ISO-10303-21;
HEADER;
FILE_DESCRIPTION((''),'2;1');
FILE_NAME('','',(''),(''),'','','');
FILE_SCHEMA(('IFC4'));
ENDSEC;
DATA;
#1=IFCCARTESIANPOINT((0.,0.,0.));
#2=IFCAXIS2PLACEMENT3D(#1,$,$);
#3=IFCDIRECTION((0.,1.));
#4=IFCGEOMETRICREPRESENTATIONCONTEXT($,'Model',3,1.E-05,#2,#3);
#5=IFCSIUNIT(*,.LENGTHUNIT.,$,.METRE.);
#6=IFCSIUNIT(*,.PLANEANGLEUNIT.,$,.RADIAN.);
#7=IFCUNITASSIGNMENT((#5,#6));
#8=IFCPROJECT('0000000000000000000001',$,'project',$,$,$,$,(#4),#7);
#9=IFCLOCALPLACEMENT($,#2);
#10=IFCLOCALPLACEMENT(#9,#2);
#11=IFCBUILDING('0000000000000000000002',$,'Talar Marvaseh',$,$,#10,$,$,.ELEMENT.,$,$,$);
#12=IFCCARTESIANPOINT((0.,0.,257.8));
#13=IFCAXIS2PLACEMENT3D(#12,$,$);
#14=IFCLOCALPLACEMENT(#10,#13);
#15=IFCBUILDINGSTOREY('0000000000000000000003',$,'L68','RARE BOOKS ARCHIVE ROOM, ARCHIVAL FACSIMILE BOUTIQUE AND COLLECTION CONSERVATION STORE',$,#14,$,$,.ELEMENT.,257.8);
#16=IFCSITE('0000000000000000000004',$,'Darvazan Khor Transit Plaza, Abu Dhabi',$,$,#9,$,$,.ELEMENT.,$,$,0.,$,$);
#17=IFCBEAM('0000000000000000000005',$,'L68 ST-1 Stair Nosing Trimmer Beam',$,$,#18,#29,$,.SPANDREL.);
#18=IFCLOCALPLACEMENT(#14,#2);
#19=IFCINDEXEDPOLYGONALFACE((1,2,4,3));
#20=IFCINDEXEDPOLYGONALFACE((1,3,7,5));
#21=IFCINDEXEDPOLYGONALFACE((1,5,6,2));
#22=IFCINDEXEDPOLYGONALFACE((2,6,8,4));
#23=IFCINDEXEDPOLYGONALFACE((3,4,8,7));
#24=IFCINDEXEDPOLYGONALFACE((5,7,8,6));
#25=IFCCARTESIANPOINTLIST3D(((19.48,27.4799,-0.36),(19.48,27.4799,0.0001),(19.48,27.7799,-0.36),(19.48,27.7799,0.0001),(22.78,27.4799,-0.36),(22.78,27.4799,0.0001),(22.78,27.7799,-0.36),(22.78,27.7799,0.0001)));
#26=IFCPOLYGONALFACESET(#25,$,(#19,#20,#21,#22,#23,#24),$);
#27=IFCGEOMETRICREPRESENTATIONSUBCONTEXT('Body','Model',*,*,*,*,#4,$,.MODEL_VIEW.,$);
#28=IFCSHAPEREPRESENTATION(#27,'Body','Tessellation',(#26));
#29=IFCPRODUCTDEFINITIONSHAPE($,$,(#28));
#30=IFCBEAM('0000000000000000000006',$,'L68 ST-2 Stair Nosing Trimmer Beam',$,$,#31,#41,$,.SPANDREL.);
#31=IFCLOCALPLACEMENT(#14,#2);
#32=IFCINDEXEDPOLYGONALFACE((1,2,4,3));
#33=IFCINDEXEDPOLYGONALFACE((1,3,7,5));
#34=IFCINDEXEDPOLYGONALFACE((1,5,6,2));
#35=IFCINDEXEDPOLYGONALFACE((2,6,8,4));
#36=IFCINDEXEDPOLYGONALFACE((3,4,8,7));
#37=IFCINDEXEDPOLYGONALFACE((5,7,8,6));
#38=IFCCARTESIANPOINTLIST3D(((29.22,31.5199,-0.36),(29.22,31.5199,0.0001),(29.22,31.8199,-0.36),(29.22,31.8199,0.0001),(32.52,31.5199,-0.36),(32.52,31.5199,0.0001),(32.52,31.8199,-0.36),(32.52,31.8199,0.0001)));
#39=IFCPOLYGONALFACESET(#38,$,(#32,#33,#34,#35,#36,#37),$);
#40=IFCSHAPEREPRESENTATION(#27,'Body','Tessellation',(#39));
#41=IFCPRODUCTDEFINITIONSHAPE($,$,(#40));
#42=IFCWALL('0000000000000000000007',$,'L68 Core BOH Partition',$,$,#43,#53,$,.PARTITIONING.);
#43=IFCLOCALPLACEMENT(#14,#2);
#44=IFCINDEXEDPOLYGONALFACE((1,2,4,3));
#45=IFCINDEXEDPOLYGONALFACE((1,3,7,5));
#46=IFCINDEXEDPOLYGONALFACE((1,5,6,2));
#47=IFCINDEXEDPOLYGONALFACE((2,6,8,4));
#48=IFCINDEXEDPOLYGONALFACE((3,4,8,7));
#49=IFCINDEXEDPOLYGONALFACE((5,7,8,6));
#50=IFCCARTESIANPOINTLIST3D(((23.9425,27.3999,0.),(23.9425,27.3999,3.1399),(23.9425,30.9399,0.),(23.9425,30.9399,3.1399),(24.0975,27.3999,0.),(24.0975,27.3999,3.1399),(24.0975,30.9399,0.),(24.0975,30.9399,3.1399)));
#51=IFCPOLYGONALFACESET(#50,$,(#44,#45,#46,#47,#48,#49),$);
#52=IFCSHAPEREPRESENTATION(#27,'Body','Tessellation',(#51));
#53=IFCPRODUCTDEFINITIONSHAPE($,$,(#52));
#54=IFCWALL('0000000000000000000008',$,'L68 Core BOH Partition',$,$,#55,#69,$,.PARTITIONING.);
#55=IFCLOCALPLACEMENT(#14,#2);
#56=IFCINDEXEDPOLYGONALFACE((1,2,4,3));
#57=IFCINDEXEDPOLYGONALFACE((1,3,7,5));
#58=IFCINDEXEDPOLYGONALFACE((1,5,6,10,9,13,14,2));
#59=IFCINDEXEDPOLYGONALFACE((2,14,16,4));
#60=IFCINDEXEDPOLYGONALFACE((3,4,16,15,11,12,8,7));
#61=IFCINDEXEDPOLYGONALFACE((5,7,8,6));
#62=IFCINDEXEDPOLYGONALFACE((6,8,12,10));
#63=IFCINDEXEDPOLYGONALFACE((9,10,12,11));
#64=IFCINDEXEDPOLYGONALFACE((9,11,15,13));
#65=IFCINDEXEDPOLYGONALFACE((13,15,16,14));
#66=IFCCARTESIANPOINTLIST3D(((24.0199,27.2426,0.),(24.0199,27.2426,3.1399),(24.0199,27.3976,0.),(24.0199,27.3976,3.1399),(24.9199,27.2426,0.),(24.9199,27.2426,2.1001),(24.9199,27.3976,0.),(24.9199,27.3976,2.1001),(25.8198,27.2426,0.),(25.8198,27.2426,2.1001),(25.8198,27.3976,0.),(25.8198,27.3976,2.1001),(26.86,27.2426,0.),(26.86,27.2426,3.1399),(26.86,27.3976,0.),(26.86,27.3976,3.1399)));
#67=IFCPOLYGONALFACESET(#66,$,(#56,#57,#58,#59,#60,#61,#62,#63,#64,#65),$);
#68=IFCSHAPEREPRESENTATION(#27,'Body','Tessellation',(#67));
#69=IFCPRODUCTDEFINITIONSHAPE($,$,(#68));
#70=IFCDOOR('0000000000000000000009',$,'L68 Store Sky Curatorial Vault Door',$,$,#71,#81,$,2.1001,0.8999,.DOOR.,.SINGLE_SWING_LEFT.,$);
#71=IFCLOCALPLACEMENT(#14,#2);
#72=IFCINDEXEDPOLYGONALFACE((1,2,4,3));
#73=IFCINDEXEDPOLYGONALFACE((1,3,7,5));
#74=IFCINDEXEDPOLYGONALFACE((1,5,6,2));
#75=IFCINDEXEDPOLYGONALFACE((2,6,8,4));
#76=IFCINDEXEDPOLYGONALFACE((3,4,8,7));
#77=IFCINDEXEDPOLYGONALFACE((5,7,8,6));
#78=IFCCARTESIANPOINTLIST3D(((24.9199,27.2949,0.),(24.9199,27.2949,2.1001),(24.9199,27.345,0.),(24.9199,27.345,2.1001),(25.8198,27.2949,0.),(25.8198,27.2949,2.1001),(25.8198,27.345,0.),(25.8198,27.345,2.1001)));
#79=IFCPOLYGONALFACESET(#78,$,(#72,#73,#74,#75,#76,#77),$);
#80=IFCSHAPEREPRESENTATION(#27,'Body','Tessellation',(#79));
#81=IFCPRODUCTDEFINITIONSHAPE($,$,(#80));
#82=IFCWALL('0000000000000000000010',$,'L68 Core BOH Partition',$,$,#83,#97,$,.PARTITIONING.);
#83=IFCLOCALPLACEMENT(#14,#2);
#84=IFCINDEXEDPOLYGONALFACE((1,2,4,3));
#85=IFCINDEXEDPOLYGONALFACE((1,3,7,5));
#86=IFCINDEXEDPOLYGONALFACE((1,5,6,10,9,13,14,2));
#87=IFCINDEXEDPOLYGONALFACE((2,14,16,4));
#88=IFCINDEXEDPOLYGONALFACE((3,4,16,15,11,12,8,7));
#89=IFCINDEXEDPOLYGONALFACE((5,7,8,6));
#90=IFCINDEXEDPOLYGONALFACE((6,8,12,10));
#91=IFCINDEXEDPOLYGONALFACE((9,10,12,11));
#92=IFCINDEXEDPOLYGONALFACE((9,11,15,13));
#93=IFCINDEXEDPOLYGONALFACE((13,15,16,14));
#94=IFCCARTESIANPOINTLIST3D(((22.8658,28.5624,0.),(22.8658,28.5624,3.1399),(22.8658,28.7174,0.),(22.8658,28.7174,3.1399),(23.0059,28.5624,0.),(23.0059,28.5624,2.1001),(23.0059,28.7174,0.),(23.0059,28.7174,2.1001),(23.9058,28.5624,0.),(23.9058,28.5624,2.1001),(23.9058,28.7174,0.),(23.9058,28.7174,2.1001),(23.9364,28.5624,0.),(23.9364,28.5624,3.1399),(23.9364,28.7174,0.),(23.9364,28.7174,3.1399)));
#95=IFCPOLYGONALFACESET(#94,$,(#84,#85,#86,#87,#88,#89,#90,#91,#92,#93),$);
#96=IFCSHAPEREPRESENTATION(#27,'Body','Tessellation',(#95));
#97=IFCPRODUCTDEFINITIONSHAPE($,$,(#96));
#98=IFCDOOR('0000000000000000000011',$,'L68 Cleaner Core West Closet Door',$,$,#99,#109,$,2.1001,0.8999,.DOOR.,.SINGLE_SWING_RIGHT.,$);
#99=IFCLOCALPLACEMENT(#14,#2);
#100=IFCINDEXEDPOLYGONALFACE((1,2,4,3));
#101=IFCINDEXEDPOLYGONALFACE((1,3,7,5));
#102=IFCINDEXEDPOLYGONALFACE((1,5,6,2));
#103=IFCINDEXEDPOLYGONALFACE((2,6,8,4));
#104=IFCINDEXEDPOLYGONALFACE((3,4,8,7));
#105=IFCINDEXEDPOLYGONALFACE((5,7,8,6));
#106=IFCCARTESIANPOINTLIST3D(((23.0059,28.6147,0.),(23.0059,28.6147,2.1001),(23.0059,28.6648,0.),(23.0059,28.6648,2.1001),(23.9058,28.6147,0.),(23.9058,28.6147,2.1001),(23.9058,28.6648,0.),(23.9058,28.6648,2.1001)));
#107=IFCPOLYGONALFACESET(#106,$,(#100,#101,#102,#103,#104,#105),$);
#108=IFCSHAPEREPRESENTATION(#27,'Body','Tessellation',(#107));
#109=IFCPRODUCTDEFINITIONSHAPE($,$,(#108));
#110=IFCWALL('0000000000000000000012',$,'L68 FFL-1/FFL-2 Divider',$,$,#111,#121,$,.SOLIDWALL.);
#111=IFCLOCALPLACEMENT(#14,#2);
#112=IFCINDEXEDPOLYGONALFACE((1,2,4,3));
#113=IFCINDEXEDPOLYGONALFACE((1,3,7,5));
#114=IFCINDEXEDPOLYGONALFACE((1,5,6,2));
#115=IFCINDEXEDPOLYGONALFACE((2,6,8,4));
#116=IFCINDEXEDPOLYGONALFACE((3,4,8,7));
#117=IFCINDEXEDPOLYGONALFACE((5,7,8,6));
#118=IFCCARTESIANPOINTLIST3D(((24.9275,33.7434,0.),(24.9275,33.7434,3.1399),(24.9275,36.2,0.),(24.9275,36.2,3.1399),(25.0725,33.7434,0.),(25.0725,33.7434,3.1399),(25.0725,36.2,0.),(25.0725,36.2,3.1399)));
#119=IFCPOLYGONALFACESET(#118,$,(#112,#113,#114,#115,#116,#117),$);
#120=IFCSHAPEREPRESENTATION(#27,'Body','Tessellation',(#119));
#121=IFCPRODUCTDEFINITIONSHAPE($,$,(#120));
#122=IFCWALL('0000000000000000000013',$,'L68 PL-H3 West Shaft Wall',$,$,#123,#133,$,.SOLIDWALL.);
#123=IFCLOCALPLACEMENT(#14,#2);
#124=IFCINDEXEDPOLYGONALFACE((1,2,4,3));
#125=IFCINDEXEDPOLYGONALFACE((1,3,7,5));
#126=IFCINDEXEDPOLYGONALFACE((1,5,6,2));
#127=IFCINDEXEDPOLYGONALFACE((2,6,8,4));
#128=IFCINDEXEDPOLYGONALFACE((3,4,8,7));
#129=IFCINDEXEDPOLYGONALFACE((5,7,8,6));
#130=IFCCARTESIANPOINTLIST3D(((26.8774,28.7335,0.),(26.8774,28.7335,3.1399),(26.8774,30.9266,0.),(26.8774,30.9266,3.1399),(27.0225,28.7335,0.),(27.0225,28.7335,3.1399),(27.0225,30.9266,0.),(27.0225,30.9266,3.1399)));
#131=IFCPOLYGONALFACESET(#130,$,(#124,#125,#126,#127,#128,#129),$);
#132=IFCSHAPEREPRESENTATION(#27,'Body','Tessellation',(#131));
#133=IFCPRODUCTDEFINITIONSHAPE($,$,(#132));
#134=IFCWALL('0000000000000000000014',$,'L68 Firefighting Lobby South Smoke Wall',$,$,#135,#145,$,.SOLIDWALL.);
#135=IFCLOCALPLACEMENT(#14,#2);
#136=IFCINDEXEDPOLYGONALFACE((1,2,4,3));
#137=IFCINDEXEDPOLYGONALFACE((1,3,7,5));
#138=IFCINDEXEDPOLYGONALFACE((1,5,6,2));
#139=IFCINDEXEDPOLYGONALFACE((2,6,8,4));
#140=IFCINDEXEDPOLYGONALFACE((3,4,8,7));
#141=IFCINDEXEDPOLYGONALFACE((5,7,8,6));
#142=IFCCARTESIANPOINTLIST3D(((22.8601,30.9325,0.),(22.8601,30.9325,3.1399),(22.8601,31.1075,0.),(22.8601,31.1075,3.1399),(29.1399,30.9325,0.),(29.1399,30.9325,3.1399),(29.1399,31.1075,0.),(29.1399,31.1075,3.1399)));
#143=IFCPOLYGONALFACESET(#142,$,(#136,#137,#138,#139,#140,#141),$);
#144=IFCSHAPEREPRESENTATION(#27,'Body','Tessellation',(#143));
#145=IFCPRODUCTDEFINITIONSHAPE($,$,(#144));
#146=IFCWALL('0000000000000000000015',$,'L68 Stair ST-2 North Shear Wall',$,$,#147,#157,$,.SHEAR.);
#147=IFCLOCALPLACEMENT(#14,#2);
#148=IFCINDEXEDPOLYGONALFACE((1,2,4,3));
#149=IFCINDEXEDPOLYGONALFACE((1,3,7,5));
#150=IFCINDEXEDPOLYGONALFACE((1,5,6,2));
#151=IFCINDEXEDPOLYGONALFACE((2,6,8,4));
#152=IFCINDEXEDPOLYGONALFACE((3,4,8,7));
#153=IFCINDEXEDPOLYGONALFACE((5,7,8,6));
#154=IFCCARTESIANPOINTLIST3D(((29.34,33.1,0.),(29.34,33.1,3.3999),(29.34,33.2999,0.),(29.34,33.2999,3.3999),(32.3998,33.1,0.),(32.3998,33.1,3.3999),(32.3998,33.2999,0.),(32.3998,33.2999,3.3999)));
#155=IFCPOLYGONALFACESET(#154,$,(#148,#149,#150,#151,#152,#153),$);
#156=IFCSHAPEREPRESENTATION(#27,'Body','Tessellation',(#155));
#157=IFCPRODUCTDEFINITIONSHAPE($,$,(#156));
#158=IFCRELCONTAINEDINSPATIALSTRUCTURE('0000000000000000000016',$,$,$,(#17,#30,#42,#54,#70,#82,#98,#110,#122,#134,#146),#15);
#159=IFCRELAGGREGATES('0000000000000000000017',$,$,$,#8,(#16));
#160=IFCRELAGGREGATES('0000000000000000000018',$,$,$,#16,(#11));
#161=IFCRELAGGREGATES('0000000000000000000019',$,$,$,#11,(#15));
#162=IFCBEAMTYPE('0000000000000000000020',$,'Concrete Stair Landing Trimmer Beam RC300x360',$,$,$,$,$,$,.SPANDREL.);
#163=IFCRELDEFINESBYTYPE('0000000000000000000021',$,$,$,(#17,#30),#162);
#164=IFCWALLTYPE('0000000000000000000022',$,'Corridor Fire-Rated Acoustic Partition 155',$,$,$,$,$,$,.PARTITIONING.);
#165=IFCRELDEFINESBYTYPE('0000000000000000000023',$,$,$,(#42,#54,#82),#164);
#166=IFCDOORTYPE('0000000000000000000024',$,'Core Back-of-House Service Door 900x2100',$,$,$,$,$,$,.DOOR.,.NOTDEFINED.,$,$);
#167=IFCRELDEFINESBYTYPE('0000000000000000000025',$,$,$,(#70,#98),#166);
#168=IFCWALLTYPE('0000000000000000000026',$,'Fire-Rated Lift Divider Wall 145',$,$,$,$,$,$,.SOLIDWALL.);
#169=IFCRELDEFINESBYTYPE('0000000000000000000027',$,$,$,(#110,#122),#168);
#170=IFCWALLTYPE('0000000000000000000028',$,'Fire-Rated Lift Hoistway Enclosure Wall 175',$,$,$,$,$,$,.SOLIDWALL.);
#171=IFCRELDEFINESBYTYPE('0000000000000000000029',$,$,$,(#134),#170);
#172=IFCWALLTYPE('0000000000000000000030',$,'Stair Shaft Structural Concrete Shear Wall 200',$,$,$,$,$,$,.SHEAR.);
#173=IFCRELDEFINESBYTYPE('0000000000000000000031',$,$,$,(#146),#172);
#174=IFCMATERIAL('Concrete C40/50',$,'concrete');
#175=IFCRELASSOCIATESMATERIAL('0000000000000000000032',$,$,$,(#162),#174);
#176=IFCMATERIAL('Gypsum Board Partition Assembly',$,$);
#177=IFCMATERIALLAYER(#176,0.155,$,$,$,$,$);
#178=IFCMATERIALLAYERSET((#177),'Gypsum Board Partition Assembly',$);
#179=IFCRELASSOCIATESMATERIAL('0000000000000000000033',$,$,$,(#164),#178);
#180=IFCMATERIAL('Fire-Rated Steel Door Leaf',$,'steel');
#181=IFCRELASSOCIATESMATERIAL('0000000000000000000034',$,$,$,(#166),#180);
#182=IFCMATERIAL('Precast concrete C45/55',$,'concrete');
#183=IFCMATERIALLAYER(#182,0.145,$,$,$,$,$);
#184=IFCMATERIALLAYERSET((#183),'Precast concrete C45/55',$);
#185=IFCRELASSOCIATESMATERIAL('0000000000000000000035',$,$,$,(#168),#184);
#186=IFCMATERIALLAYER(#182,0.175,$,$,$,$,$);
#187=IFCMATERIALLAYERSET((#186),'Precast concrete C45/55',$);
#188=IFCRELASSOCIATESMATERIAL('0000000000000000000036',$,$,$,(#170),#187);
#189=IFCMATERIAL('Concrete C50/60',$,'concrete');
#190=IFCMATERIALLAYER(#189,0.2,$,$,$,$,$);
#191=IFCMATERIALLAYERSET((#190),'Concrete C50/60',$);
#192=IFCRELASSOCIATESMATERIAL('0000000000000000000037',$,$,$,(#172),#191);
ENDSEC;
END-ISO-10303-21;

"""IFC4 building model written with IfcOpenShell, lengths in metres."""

from ifc_helpers import new_model, si_unit, direction, frame, frame_2d, origin, origin_2d, place, context, subcontext, project, spatial, rectangle, extrude, source, transform, mapped, material, layer, layer_set, material_profile, profile_set, type_object, type_shapes, element, fill, save


model = new_model("IFC4")

# Units and contexts
model_context = context("Model", 3, precision=1e-05, world=origin(), true_north=direction((0.0, 1.0)))
body_context = subcontext(model_context, "Body", "Model", "MODEL_VIEW")
ifc_project = project(units=[si_unit("LENGTHUNIT", "METRE"), si_unit("PLANEANGLEUNIT", "RADIAN")], contexts=[model_context])

# Site, building, storey
site_placement = place(None, origin())
site = spatial("IfcSite", under=ifc_project, at=site_placement, Name="Darvazan Khor Transit Plaza, Abu Dhabi", CompositionType="ELEMENT", RefElevation=0.0)
building_placement = place(site_placement, origin())
building = spatial("IfcBuilding", under=site, at=building_placement, Name="Talar Marvaseh", CompositionType="ELEMENT")
storey_placement = place(building_placement, frame((0.0, 0.0, 257.8)))
storey = spatial("IfcBuildingStorey", under=building, at=storey_placement, Name="L68", Description="RARE BOOKS ARCHIVE ROOM, ARCHIVAL FACSIMILE BOUTIQUE AND COLLECTION CONSERVATION STORE", CompositionType="ELEMENT", Elevation=257.8)

# Beams
ifc_material_1 = material(Name="Concrete C40/50", Category="concrete")
ifc_material_profile = material_profile(ifc_material_1, rectangle(XDim=0.3, YDim=0.3601, at=origin_2d()), Name="RC300x360")
ifc_profile_set = profile_set([ifc_material_profile], Name="Concrete C40/50")
beam_type = type_object("IfcBeamType", Name="Concrete Stair Landing Trimmer Beam RC300x360", PredefinedType="SPANDREL", material=ifc_profile_set)
for number, where, z_axis, x_axis, name in (
    (1, (22.78, 27.6299, -0.1799), (-1.0, 0.0, 0.0), (0.0, -1.0, 0.0), "L68 ST-1 Stair Nosing Trimmer Beam"),
    (2, (29.22, 31.6699, -0.1799), (1.0, 0.0, 0.0), (0.0, 1.0, 0.0), "L68 ST-2 Stair Nosing Trimmer Beam"),
):
    element("IfcBeam", number, at=place(storey_placement, frame(where, z_axis=z_axis, x_axis=x_axis)), inside=storey, type_object=beam_type, Name=name, PredefinedType="SPANDREL", context=body_context, shape_type="SweptSolid", body=[
        extrude(rectangle(XDim=0.3, YDim=0.3601, at=origin_2d()), origin(), (0.0, 0.0, 1.0), 3.3),
    ])

# Wall
ifc_material_2 = material(Name="Gypsum Board Partition Assembly")
ifc_layer_1 = layer(ifc_material_2, 0.155)
ifc_layer_set_1 = layer_set([ifc_layer_1], Name="Gypsum Board Partition Assembly")
wall_type_1 = type_object("IfcWallType", Name="Corridor Fire-Rated Acoustic Partition 155", PredefinedType="PARTITIONING", material=ifc_layer_set_1)
wall_1_placement = place(storey_placement, frame((24.02, 27.3999, 0.0), z_axis=(0.0, 0.0, 1.0), x_axis=(0.0, 1.0, 0.0)))
element("IfcWall", 3, at=wall_1_placement, inside=storey, type_object=wall_type_1, Name="L68 Core BOH Partition", PredefinedType="PARTITIONING", context=body_context, shape_type="SweptSolid", body=[
    extrude(rectangle(XDim=3.54, YDim=0.155, at=frame_2d((1.77, 0.0))), origin(), (0.0, 0.0, 1.0), 3.1399),
])

# Walls, openings, doors
wall_2_placement = place(storey_placement, frame((24.02, 27.3201, 0.0), z_axis=(0.0, 0.0, 1.0), x_axis=(1.0, 0.0, 0.0)))
wall_2 = element("IfcWall", 4, at=wall_2_placement, inside=storey, type_object=wall_type_1, Name="L68 Core BOH Partition", PredefinedType="PARTITIONING", context=body_context, shape_type="SweptSolid", body=[
    extrude(rectangle(XDim=2.8401, YDim=0.155, at=frame_2d((1.4199, 0.0))), origin(), (0.0, 0.0, 1.0), 3.1399),
])
opening_1_placement = place(wall_2_placement, frame((0.8999, 0.0, 0.0)))
opening_1 = element("IfcOpeningElement", 5, at=opening_1_placement, cuts=wall_2, PredefinedType="OPENING", context=body_context, shape_type="SweptSolid", body=[
    extrude(rectangle(XDim=0.8999, YDim=2.1001, at=frame_2d((0.45, 1.05))), frame((0.0, 0.0874, 0.0), z_axis=(0.0, -1.0, 0.0), x_axis=(1.0, 0.0, 0.0)), (0.0, 0.0, 1.0), 0.175),
])
ifc_material_3 = material(Name="Fire-Rated Steel Door Leaf", Category="steel")
door_type_1 = type_object("IfcDoorType", Name="Core Back-of-House Service Door 900x2100", OperationType="NOTDEFINED", PredefinedType="DOOR", material=ifc_material_3)
shared_shape_1 = source(origin(), body_context, "Body", "SweptSolid", [
    extrude(rectangle(XDim=0.8999, YDim=2.1001, at=frame_2d((0.45, 1.05))), frame((0.0, 0.0249, 0.0), z_axis=(0.0, -1.0, 0.0), x_axis=(1.0, 0.0, 0.0)), (0.0, 0.0, 1.0), 0.05),
])
type_shapes(door_type_1, [shared_shape_1])
door_1_placement = place(opening_1_placement, origin())
door_1 = element("IfcDoor", 6, at=door_1_placement, inside=storey, type_object=door_type_1, Name="L68 Store Sky Curatorial Vault Door", OperationType="SINGLE_SWING_LEFT", OverallHeight=2.1001, OverallWidth=0.8999, PredefinedType="DOOR", context=body_context, shape_type="MappedRepresentation", body=[
    mapped(shared_shape_1, transform((0.0, 0.0, 0.0), x_axis=(1.0, 0.0, 0.0), y_axis=(0.0, 1.0, 0.0), z_axis=(0.0, 0.0, 1.0), scale=1.0)),
])
fill(opening_1, door_1)
wall_3_placement = place(storey_placement, frame((22.866, 28.6399, 0.0), z_axis=(0.0, 0.0, 1.0), x_axis=(1.0, 0.0, 0.0)))
wall_3 = element("IfcWall", 7, at=wall_3_placement, inside=storey, type_object=wall_type_1, Name="L68 Core BOH Partition", PredefinedType="PARTITIONING", context=body_context, shape_type="SweptSolid", body=[
    extrude(rectangle(XDim=1.0706, YDim=0.155, at=frame_2d((0.5352, 0.0))), origin(), (0.0, 0.0, 1.0), 3.1399),
])
opening_2_placement = place(wall_3_placement, frame((0.1399, 0.0, 0.0)))
opening_2 = element("IfcOpeningElement", 8, at=opening_2_placement, cuts=wall_3, PredefinedType="OPENING", context=body_context, shape_type="SweptSolid", body=[
    extrude(rectangle(XDim=0.8999, YDim=2.1001, at=frame_2d((0.45, 1.05))), frame((0.0, 0.0874, 0.0), z_axis=(0.0, -1.0, 0.0), x_axis=(1.0, 0.0, 0.0)), (0.0, 0.0, 1.0), 0.175),
])
door_2_placement = place(opening_2_placement, origin())
door_2 = element("IfcDoor", 9, at=door_2_placement, inside=storey, type_object=door_type_1, Name="L68 Cleaner Core West Closet Door", OperationType="SINGLE_SWING_RIGHT", OverallHeight=2.1001, OverallWidth=0.8999, PredefinedType="DOOR", context=body_context, shape_type="MappedRepresentation", body=[
    mapped(shared_shape_1, transform((0.0, 0.0, 0.0), x_axis=(1.0, 0.0, 0.0), y_axis=(0.0, 1.0, 0.0), z_axis=(0.0, 0.0, 1.0), scale=1.0)),
])
fill(opening_2, door_2)

# Walls
ifc_material_4 = material(Name="Precast concrete C45/55", Category="concrete")
ifc_layer_2 = layer(ifc_material_4, 0.145)
ifc_layer_set_2 = layer_set([ifc_layer_2], Name="Precast concrete C45/55")
wall_type_2 = type_object("IfcWallType", Name="Fire-Rated Lift Divider Wall 145", PredefinedType="SOLIDWALL", material=ifc_layer_set_2)
wall_4_placement = place(storey_placement, frame((25.0, 33.7434, 0.0), z_axis=(0.0, 0.0, 1.0), x_axis=(0.0, 1.0, 0.0)))
element("IfcWall", 10, at=wall_4_placement, inside=storey, type_object=wall_type_2, Name="L68 FFL-1/FFL-2 Divider", PredefinedType="SOLIDWALL", context=body_context, shape_type="SweptSolid", body=[
    extrude(rectangle(XDim=2.4565, YDim=0.145, at=frame_2d((1.2283, 0.0))), origin(), (0.0, 0.0, 1.0), 3.1399),
])
wall_5_placement = place(storey_placement, frame((26.95, 28.7334, 0.0), z_axis=(0.0, 0.0, 1.0), x_axis=(0.0, 1.0, 0.0)))
element("IfcWall", 11, at=wall_5_placement, inside=storey, type_object=wall_type_2, Name="L68 PL-H3 West Shaft Wall", PredefinedType="SOLIDWALL", context=body_context, shape_type="SweptSolid", body=[
    extrude(rectangle(XDim=2.1931, YDim=0.145, at=frame_2d((1.0967, 0.0))), origin(), (0.0, 0.0, 1.0), 3.1399),
])

# Shared definitions
ifc_layer_3 = layer(ifc_material_4, 0.175)
ifc_layer_set_3 = layer_set([ifc_layer_3], Name="Precast concrete C45/55")
wall_type_3 = type_object("IfcWallType", Name="Fire-Rated Lift Hoistway Enclosure Wall 175", PredefinedType="SOLIDWALL", material=ifc_layer_set_3)

# Wall
wall_6_placement = place(storey_placement, frame((22.8601, 31.02, 0.0), z_axis=(0.0, 0.0, 1.0), x_axis=(1.0, 0.0, 0.0)))
element("IfcWall", 12, at=wall_6_placement, inside=storey, type_object=wall_type_3, Name="L68 Firefighting Lobby South Smoke Wall", PredefinedType="SOLIDWALL", context=body_context, shape_type="SweptSolid", body=[
    extrude(rectangle(XDim=6.2798, YDim=0.175, at=frame_2d((3.1399, 0.0))), origin(), (0.0, 0.0, 1.0), 3.1399),
])

# Wall
ifc_material_5 = material(Name="Concrete C50/60", Category="concrete")
ifc_layer_4 = layer(ifc_material_5, 0.2)
ifc_layer_set_4 = layer_set([ifc_layer_4], Name="Concrete C50/60")
wall_type_4 = type_object("IfcWallType", Name="Stair Shaft Structural Concrete Shear Wall 200", PredefinedType="SHEAR", material=ifc_layer_set_4)
wall_7_placement = place(storey_placement, frame((29.3401, 33.2, 0.0), z_axis=(0.0, 0.0, 1.0), x_axis=(1.0, 0.0, 0.0)))
element("IfcWall", 13, at=wall_7_placement, inside=storey, type_object=wall_type_4, Name="L68 Stair ST-2 North Shear Wall", PredefinedType="SHEAR", context=body_context, shape_type="SweptSolid", body=[
    extrude(rectangle(XDim=3.0598, YDim=0.2, at=frame_2d((1.5298, 0.0))), origin(), (0.0, 0.0, 1.0), 3.3999),
])

save(model, "model.ifc")
